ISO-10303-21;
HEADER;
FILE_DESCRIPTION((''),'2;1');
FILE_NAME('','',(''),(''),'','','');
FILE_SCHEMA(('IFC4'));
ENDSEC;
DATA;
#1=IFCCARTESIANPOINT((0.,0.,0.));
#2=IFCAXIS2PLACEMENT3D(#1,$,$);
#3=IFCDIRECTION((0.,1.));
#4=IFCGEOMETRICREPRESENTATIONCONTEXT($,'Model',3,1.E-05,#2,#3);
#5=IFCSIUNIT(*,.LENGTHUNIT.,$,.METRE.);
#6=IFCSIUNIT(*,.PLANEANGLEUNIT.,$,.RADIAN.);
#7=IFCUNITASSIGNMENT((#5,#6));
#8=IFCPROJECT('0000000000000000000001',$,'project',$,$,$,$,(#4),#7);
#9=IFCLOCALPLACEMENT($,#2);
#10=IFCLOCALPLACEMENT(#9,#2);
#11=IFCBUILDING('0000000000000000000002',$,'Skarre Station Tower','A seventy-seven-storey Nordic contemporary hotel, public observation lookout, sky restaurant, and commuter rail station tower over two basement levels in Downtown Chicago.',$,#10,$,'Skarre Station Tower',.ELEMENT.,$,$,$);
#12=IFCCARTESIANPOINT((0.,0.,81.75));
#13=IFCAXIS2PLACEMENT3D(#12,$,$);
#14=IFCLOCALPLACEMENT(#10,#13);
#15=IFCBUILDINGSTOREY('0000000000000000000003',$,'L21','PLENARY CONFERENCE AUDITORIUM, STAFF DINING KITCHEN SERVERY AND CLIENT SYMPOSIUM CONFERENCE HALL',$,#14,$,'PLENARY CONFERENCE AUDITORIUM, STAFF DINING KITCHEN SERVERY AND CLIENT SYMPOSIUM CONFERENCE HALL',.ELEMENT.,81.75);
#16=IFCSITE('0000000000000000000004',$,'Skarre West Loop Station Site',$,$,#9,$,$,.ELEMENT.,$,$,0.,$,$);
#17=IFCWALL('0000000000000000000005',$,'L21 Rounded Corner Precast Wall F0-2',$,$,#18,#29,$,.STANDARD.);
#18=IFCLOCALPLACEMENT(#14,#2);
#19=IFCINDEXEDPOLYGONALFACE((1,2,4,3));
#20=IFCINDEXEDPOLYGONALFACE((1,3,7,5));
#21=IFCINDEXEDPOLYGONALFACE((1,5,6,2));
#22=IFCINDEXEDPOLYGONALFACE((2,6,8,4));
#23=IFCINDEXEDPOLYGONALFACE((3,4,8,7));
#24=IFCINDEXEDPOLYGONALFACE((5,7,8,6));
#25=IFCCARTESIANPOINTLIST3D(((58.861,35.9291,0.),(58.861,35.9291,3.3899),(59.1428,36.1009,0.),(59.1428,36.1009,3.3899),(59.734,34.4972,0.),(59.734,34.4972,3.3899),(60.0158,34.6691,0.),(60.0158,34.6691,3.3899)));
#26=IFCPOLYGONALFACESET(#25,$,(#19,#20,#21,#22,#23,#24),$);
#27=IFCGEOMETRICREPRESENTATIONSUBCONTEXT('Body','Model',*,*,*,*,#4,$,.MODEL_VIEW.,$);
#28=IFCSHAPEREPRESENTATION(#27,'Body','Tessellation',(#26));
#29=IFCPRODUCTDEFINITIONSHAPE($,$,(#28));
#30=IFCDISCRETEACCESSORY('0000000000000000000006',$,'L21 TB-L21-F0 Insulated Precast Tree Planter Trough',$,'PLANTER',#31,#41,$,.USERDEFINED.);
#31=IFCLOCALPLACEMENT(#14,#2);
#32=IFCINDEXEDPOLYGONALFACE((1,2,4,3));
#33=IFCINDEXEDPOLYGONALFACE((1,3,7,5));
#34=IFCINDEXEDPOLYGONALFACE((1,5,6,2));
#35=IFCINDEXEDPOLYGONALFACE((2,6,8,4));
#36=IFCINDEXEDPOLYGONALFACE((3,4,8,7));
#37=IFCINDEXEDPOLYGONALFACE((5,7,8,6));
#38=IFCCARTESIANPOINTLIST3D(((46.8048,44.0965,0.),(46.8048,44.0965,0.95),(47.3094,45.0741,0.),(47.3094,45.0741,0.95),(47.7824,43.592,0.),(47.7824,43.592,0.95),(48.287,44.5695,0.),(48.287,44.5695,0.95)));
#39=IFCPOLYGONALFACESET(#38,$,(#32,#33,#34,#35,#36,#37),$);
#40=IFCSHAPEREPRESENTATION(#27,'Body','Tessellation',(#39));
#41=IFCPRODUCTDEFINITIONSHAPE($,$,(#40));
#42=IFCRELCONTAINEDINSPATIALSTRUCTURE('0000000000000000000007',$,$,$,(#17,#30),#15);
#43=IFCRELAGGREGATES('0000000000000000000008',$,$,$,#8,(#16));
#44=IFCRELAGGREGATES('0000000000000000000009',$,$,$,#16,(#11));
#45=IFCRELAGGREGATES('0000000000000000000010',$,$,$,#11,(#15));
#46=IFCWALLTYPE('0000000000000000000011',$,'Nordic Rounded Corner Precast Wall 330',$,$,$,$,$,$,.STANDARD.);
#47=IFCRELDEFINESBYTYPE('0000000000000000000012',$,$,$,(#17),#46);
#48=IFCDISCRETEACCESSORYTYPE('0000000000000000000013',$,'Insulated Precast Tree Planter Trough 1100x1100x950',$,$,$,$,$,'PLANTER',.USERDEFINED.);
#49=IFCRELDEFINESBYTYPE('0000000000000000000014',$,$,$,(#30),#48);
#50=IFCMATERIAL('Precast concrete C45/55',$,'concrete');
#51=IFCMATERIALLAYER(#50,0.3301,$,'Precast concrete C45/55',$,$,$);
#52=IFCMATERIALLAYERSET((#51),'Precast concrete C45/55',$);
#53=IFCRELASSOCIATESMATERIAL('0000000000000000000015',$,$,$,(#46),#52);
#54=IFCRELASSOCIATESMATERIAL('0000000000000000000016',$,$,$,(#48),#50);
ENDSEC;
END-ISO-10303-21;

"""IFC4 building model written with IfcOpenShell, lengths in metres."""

from ifc_helpers import new_model, si_unit, direction, frame, frame_2d, origin, origin_2d, place, context, subcontext, project, spatial, rectangle, extrude, material, layer, layer_set, type_object, element, save


model = new_model("IFC4")

# Units and contexts
model_context = context("Model", 3, precision=1e-05, world=origin(), true_north=direction((0.0, 1.0)))
body_context = subcontext(model_context, "Body", "Model", "MODEL_VIEW")
ifc_project = project(units=[si_unit("LENGTHUNIT", "METRE"), si_unit("PLANEANGLEUNIT", "RADIAN")], contexts=[model_context])

# Site, building, storey
site_placement = place(None, origin())
site = spatial("IfcSite", under=ifc_project, at=site_placement, Name="Skarre West Loop Station Site", CompositionType="ELEMENT", RefElevation=0.0)
building_placement = place(site_placement, origin())
building = spatial("IfcBuilding", under=site, at=building_placement, Name="Skarre Station Tower", Description="A seventy-seven-storey Nordic contemporary hotel, public observation lookout, sky restaurant, and commuter rail station tower over two basement levels in Downtown Chicago.", LongName="Skarre Station Tower", CompositionType="ELEMENT")
storey_placement = place(building_placement, frame((0.0, 0.0, 81.75)))
storey = spatial("IfcBuildingStorey", under=building, at=storey_placement, Name="L21", Description="PLENARY CONFERENCE AUDITORIUM, STAFF DINING KITCHEN SERVERY AND CLIENT SYMPOSIUM CONFERENCE HALL", LongName="PLENARY CONFERENCE AUDITORIUM, STAFF DINING KITCHEN SERVERY AND CLIENT SYMPOSIUM CONFERENCE HALL", CompositionType="ELEMENT", Elevation=81.75)

# Shared definitions
ifc_material_1 = material(Name="Precast concrete C45/55", Category="concrete")

# Wall
ifc_layer_1 = layer(ifc_material_1, 0.3301, Name="Precast concrete C45/55")
ifc_layer_set_1 = layer_set([ifc_layer_1], Name="Precast concrete C45/55")
wall_type_1 = type_object("IfcWallType", Name="Nordic Rounded Corner Precast Wall 330", PredefinedType="STANDARD", material=ifc_layer_set_1)
wall_1_placement = place(storey_placement, frame((59.002, 36.0149, 0.0), z_axis=(0.0, 0.0, 1.0), x_axis=(0.520584, -0.85381, 0.0)))
element("IfcWall", 1, at=wall_1_placement, inside=storey, type_object=wall_type_1, Name="L21 Rounded Corner Precast Wall F0-2", PredefinedType="STANDARD", context=body_context, shape_type="SweptSolid", body=[
    extrude(rectangle(XDim=1.677, YDim=0.3301, at=frame_2d((0.8384, 0.0))), origin(), (0.0, 0.0, 1.0), 3.3899),
])

# Discrete accessory
discrete_accessory_type = type_object("IfcDiscreteAccessoryType", Name="Insulated Precast Tree Planter Trough 1100x1100x950", ElementType="PLANTER", PredefinedType="USERDEFINED", material=ifc_material_1)
discrete_accessory_placement = place(storey_placement, frame((47.5459, 44.333, 0.0), z_axis=(0.0, 0.0, 1.0), x_axis=(0.458619, 0.888633, 0.0)))
element("IfcDiscreteAccessory", 2, at=discrete_accessory_placement, inside=storey, type_object=discrete_accessory_type, Name="L21 TB-L21-F0 Insulated Precast Tree Planter Trough", ObjectType="PLANTER", PredefinedType="USERDEFINED", context=body_context, shape_type="SweptSolid", body=[
    extrude(rectangle(XDim=1.1001, YDim=1.1001, at=origin_2d()), origin(), (0.0, 0.0, 1.0), 0.95),
])

save(model, "model.ifc")
